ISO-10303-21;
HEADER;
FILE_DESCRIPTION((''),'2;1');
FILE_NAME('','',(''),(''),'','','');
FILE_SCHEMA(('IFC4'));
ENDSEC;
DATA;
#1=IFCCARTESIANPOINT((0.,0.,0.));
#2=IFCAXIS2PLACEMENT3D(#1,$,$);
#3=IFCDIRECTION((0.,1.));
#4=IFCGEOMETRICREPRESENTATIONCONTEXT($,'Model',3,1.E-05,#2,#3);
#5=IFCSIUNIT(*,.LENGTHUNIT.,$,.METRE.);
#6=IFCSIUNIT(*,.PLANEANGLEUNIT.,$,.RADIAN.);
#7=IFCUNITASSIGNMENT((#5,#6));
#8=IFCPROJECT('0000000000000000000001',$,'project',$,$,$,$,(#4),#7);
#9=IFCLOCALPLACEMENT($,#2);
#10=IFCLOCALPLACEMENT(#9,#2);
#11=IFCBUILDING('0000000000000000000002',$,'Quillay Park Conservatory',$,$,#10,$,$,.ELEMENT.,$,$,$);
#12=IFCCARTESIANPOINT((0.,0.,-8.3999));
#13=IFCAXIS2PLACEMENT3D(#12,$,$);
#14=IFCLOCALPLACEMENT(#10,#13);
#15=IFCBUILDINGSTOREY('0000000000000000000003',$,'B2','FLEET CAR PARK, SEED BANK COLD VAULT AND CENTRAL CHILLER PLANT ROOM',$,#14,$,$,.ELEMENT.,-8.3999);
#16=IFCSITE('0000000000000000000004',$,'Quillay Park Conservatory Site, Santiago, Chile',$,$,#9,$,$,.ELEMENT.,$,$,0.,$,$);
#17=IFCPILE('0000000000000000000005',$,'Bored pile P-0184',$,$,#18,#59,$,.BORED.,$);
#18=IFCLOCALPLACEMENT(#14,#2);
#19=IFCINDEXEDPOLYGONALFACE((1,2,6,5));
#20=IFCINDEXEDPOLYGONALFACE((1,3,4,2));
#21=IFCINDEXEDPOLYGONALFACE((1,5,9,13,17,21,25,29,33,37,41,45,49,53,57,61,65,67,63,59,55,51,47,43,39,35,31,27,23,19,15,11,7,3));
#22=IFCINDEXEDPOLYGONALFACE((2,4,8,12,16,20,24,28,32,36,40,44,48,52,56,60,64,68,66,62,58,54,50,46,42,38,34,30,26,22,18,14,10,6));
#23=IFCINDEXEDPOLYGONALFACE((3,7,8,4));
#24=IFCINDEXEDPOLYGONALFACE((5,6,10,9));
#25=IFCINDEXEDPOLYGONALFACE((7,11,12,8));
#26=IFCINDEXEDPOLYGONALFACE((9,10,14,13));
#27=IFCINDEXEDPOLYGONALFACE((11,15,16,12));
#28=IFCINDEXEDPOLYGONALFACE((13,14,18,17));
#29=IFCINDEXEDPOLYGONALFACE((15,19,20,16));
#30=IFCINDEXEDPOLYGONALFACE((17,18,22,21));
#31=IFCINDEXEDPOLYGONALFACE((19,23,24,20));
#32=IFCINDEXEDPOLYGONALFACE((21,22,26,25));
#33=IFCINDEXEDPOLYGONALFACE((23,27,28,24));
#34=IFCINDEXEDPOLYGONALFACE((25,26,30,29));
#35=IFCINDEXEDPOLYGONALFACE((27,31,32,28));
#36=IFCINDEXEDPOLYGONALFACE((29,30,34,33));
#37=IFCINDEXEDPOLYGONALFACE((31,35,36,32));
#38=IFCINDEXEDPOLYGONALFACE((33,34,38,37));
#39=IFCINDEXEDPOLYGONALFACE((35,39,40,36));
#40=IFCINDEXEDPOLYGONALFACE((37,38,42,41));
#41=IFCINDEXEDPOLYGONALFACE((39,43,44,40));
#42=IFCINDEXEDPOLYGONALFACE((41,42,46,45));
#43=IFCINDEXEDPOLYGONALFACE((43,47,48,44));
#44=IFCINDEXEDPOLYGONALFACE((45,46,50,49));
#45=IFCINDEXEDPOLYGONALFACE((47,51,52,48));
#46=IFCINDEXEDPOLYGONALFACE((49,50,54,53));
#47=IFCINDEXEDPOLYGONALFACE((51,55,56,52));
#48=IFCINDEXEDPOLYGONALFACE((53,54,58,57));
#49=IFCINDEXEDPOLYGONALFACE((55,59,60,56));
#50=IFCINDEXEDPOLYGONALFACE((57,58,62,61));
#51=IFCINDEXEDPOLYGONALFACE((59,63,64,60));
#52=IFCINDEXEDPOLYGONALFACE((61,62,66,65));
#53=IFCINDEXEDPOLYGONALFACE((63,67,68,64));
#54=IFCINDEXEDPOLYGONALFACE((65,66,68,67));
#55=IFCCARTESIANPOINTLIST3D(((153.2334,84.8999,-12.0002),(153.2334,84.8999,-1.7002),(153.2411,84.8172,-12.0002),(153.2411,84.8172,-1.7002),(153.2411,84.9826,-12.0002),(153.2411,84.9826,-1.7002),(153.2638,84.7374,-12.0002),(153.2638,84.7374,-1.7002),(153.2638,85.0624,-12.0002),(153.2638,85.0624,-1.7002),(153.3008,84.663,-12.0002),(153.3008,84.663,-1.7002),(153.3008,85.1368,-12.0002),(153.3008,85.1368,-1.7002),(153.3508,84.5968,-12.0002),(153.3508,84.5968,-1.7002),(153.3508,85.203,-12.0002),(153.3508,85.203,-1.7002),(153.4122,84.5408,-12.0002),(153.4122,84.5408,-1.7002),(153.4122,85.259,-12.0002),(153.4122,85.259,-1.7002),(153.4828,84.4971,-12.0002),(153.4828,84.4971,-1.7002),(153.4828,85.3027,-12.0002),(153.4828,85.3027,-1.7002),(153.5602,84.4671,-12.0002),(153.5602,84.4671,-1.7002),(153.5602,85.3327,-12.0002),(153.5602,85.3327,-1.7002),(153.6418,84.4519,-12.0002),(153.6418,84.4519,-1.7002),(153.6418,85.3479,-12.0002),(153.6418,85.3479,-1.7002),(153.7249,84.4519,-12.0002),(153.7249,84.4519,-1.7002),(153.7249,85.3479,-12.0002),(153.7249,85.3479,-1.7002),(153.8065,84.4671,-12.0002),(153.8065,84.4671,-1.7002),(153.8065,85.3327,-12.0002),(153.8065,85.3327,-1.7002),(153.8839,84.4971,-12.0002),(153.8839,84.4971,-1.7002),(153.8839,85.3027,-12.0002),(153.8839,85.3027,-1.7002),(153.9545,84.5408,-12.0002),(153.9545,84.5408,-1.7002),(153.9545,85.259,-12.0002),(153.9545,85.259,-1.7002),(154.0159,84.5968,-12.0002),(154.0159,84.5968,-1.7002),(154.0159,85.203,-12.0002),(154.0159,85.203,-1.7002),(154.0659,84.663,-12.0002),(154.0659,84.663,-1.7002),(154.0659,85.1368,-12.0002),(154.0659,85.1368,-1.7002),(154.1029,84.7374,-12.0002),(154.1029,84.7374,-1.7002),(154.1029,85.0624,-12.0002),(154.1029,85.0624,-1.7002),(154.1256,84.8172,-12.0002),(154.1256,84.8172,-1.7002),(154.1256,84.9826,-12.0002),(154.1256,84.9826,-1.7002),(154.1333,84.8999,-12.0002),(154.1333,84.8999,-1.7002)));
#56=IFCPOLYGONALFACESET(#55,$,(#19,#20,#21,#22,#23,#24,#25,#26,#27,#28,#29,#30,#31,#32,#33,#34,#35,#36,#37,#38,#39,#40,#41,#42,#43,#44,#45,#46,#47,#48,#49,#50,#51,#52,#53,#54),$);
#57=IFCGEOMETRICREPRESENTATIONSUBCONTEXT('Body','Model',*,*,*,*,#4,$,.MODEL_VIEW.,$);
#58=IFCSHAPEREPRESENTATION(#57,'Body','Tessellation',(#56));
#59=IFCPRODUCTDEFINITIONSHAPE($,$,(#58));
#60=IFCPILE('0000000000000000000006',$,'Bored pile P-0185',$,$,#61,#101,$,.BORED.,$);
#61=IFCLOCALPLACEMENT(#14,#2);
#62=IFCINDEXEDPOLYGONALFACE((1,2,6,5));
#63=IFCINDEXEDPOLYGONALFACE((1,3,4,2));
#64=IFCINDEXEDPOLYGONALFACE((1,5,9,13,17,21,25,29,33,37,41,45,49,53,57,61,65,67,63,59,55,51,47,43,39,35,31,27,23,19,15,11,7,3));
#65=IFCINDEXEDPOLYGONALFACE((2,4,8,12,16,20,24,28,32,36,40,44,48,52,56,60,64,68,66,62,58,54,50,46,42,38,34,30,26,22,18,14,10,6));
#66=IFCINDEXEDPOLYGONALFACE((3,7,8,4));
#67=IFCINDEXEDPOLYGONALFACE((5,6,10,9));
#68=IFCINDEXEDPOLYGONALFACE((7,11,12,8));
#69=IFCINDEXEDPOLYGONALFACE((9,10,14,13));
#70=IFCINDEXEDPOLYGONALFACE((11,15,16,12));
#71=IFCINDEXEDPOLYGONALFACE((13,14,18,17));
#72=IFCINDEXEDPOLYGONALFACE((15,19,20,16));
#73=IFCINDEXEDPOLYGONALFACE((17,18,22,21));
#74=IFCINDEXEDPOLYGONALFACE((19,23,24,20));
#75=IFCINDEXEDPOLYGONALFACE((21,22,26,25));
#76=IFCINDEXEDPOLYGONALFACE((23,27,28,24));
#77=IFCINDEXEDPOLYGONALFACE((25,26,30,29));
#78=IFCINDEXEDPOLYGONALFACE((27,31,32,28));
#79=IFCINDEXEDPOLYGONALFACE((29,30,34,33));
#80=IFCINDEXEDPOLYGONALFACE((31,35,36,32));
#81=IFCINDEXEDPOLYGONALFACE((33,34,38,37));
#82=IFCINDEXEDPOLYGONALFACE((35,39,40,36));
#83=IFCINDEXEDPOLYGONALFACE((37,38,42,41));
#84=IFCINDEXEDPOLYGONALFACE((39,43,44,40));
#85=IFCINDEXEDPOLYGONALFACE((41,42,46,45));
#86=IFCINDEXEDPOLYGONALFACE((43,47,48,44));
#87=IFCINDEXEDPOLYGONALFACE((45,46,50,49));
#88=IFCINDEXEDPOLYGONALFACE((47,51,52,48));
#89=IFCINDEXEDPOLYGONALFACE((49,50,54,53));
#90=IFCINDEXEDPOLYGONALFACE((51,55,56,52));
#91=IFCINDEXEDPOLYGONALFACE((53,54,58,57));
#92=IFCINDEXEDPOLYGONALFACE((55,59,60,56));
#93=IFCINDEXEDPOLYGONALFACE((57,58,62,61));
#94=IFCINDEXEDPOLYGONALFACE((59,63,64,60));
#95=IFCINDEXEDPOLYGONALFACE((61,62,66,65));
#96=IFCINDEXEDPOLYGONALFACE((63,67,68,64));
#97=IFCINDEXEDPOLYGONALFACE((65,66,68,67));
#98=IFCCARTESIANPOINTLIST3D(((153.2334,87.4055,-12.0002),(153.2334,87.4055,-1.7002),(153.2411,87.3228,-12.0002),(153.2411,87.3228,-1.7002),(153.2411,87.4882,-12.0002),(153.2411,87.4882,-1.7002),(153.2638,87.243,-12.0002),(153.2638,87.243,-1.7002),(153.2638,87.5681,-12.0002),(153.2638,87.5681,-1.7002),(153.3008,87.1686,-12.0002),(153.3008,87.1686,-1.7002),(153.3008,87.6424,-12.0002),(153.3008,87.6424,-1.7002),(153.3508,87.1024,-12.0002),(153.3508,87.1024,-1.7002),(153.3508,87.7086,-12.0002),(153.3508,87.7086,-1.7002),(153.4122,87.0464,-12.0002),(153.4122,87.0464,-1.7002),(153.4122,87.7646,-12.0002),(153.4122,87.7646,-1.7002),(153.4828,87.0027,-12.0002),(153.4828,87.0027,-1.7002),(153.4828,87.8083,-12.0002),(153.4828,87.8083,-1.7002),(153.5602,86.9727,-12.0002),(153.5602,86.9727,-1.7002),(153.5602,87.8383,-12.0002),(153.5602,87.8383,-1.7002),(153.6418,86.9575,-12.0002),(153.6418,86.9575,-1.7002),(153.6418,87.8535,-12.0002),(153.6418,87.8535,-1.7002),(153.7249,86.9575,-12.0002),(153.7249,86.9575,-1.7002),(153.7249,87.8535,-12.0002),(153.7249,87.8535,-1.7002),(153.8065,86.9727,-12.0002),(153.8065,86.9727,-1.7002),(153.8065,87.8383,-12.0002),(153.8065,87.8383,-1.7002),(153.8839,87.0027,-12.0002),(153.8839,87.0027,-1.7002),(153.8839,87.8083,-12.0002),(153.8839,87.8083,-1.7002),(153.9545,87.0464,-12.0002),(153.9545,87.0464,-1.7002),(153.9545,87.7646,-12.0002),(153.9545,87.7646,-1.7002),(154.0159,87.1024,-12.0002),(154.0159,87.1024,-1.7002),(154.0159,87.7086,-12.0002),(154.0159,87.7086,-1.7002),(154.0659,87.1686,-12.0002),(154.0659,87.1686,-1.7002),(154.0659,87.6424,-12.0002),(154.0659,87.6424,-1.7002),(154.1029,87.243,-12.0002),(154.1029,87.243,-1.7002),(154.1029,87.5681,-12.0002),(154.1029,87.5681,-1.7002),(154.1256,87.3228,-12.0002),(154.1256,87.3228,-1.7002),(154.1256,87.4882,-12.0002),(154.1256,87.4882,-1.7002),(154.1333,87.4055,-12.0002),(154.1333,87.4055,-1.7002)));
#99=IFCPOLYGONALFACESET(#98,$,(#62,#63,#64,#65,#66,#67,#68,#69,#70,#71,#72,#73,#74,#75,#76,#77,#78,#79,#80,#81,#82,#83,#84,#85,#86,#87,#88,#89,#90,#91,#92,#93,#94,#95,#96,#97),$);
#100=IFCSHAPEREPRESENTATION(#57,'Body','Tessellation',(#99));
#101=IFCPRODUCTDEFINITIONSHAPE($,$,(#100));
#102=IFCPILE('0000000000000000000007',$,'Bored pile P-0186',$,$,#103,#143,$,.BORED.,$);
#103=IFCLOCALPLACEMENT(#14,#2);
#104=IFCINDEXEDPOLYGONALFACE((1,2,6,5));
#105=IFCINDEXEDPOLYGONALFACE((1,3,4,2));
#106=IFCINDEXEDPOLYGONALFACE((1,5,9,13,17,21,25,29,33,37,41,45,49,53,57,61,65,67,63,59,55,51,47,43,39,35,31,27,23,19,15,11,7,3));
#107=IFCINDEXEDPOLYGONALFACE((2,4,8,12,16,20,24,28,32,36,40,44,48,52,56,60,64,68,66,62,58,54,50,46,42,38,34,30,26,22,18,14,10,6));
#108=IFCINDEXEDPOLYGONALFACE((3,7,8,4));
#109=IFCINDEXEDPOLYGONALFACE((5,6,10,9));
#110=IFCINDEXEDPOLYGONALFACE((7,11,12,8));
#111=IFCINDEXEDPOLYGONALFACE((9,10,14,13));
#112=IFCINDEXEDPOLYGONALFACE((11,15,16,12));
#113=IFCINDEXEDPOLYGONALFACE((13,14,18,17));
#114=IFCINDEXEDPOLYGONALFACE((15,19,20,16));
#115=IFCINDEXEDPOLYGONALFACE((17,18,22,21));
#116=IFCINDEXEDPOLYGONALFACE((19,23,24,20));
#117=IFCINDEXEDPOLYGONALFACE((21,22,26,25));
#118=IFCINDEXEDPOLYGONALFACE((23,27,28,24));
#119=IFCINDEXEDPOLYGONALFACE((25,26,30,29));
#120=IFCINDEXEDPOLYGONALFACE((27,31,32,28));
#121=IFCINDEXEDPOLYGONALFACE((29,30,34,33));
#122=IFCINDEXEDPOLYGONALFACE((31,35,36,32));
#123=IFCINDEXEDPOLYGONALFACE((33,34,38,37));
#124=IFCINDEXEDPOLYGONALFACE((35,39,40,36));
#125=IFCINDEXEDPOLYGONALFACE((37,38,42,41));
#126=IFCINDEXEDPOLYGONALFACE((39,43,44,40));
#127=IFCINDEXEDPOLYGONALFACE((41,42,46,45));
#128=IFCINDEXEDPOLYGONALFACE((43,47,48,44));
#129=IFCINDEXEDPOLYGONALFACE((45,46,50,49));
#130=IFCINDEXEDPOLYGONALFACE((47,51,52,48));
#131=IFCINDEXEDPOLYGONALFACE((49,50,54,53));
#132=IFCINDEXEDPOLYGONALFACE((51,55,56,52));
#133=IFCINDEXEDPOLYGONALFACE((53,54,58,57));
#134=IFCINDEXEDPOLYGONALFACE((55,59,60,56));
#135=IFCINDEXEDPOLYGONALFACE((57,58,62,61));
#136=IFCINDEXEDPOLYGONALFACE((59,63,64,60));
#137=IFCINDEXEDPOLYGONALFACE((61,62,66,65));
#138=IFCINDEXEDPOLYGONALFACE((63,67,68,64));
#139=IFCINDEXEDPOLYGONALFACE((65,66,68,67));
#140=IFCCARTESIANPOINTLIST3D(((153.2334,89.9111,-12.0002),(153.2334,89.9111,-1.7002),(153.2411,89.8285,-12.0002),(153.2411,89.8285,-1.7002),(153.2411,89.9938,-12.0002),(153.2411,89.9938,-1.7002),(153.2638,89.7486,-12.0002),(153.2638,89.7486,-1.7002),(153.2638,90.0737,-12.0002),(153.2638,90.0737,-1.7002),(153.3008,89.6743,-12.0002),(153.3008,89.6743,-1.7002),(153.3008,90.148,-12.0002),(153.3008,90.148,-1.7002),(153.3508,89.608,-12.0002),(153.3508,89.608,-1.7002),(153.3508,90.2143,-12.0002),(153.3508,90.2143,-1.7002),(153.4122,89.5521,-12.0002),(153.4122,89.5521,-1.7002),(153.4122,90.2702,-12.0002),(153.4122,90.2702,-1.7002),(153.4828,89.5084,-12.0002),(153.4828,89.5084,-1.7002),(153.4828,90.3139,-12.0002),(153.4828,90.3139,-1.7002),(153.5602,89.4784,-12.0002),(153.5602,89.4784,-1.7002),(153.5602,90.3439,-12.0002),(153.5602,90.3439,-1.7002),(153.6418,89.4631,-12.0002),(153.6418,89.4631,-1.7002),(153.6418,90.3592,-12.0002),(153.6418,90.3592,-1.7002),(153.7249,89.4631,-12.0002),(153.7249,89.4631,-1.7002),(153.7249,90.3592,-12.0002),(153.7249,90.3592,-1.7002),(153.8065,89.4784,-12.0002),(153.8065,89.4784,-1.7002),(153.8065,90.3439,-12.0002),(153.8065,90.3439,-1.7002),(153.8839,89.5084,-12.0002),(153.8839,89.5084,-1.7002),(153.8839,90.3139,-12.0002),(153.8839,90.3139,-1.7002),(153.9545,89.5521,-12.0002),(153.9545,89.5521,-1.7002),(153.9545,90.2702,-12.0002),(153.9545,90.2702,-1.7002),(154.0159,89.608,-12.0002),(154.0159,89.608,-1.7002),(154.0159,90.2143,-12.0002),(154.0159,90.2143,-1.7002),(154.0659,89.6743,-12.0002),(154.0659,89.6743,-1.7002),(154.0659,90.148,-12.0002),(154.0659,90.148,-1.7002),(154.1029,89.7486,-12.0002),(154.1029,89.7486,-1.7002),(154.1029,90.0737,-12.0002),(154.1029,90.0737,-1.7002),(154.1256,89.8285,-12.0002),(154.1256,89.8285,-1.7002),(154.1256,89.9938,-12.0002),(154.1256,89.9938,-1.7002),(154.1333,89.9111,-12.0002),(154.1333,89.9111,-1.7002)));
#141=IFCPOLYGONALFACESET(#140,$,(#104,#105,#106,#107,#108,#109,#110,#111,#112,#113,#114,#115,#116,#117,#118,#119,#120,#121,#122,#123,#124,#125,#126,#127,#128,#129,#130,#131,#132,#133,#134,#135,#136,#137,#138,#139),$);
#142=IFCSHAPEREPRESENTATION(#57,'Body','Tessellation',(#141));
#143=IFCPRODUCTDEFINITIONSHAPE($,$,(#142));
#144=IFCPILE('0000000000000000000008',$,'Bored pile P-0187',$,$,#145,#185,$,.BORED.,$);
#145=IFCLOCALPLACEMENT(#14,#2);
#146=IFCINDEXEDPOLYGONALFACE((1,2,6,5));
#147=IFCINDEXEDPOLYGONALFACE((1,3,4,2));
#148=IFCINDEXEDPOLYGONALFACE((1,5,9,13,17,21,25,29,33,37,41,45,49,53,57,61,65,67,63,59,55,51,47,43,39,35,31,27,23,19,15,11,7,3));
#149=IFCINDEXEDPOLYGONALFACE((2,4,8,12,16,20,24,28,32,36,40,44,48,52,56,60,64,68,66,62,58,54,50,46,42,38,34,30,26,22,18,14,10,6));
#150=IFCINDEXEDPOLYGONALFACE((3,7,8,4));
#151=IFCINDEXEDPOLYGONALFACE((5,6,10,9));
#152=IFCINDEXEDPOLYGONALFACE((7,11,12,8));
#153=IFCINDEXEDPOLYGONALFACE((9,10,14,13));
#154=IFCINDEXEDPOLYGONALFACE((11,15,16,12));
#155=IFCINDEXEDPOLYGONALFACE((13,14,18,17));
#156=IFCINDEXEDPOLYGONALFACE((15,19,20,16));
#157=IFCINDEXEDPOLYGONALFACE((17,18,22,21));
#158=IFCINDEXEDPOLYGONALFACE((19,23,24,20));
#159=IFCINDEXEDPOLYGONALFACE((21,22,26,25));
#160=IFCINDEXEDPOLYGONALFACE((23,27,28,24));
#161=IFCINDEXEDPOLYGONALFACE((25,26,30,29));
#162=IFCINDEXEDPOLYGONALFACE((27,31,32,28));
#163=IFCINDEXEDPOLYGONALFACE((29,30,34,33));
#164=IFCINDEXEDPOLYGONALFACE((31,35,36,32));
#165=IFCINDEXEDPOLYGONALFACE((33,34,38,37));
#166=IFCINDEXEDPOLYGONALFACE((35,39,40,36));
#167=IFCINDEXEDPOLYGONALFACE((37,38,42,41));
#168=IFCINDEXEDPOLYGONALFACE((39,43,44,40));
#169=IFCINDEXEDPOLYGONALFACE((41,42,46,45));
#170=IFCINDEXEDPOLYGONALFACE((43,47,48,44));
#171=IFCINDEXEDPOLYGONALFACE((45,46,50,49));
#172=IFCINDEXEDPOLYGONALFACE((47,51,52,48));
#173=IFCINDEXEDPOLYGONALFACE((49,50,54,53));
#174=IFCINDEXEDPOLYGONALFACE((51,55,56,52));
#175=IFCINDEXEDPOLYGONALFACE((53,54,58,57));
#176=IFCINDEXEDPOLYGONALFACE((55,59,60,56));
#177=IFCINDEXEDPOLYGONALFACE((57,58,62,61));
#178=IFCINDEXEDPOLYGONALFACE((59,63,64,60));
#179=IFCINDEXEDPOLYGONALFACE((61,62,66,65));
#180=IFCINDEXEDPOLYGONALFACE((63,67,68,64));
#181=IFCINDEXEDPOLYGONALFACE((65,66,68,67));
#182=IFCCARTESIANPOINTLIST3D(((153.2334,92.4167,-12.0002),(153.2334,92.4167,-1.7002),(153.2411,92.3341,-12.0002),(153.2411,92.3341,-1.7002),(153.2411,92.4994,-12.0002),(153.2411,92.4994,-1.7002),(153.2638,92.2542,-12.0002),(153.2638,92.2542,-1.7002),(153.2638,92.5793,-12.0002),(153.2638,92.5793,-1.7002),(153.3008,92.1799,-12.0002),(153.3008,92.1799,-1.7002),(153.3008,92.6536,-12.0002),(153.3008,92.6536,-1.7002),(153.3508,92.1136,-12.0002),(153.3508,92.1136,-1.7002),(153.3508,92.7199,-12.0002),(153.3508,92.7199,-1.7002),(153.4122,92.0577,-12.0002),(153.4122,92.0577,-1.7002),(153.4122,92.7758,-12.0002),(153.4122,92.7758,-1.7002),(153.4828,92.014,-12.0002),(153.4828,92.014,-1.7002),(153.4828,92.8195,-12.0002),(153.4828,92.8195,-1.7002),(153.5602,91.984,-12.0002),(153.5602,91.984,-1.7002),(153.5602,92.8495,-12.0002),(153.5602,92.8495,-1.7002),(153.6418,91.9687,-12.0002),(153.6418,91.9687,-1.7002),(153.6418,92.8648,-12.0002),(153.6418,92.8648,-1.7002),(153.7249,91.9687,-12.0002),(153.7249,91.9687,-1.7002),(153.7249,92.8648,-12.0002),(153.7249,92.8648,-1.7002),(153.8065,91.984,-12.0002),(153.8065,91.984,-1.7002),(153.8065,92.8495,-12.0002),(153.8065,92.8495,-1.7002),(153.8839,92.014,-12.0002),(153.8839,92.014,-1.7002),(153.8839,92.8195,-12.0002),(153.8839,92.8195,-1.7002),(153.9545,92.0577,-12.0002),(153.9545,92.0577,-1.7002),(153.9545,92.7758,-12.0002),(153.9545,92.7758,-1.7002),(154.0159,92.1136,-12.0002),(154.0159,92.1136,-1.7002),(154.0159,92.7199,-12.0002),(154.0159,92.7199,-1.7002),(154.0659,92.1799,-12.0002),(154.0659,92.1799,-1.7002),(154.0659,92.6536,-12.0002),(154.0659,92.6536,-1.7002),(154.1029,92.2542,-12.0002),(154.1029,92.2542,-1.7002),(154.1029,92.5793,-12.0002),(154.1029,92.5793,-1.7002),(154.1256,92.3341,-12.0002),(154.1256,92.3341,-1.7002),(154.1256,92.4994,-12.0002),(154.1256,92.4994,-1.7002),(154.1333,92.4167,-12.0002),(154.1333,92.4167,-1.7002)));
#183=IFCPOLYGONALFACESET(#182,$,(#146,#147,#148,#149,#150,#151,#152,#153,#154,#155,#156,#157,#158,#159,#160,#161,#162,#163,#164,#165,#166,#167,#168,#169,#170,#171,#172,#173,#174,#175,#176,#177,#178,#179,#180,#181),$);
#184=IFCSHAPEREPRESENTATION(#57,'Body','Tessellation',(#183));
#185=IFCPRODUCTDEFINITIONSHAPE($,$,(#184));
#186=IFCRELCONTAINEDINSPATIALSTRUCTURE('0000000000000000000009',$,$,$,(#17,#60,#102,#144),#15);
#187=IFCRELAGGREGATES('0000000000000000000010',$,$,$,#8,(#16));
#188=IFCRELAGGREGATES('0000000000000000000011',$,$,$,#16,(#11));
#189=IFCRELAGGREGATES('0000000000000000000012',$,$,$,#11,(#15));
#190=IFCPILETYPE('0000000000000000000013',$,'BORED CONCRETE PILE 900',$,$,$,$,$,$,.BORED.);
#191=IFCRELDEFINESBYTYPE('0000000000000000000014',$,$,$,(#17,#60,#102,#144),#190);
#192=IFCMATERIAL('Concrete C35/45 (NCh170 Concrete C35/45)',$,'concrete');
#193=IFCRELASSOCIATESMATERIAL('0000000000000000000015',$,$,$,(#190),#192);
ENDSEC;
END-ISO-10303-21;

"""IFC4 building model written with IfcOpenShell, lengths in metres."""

from ifc_helpers import new_model, si_unit, direction, frame, origin, origin_2d, place, context, subcontext, project, spatial, circle, extrude, material, material_profile, profile_set, type_object, element, save


model = new_model("IFC4")

# Units and contexts
model_context = context("Model", 3, precision=1e-05, world=origin(), true_north=direction((0.0, 1.0)))
body_context = subcontext(model_context, "Body", "Model", "MODEL_VIEW")
ifc_project = project(units=[si_unit("LENGTHUNIT", "METRE"), si_unit("PLANEANGLEUNIT", "RADIAN")], contexts=[model_context])

# Site, building, storey
site_placement = place(None, origin())
site = spatial("IfcSite", under=ifc_project, at=site_placement, Name="Quillay Park Conservatory Site, Santiago, Chile", CompositionType="ELEMENT", RefElevation=0.0)
building_placement = place(site_placement, origin())
building = spatial("IfcBuilding", under=site, at=building_placement, Name="Quillay Park Conservatory", CompositionType="ELEMENT")
storey_placement = place(building_placement, frame((0.0, 0.0, -8.3999)))
storey = spatial("IfcBuildingStorey", under=building, at=storey_placement, Name="B2", Description="FLEET CAR PARK, SEED BANK COLD VAULT AND CENTRAL CHILLER PLANT ROOM", CompositionType="ELEMENT", Elevation=-8.3999)

# Piles
ifc_material_1 = material(Name="Concrete C35/45 (NCh170 Concrete C35/45)", Category="concrete")
ifc_material_profile_1 = material_profile(ifc_material_1, circle(Radius=0.45, at=origin_2d()), Name="PILE900")
ifc_profile_set_1 = profile_set([ifc_material_profile_1], Name="Concrete C35/45 (NCh170 Concrete C35/45)")
pile_type = type_object("IfcPileType", Name="BORED CONCRETE PILE 900", PredefinedType="BORED", material=ifc_profile_set_1)
for number, where, z_axis, x_axis, name in (
    (1, (153.6833, 84.8999, -1.7002), (0.0, 0.0, -1.0), (1.0, 0.0, 0.0), "Bored pile P-0184"),
    (2, (153.6833, 87.4055, -1.7002), (0.0, 0.0, -1.0), (1.0, 0.0, 0.0), "Bored pile P-0185"),
    (3, (153.6833, 89.9111, -1.7002), (0.0, 0.0, -1.0), (1.0, 0.0, 0.0), "Bored pile P-0186"),
    (4, (153.6833, 92.4167, -1.7002), (0.0, 0.0, -1.0), (1.0, 0.0, 0.0), "Bored pile P-0187"),
):
    element("IfcPile", number, at=place(storey_placement, frame(where, z_axis=z_axis, x_axis=x_axis)), inside=storey, type_object=pile_type, Name=name, PredefinedType="BORED", context=body_context, shape_type="SweptSolid", body=[
        extrude(circle(Radius=0.45, at=origin_2d()), origin(), (0.0, 0.0, 1.0), 10.3),
    ])

save(model, "model.ifc")
